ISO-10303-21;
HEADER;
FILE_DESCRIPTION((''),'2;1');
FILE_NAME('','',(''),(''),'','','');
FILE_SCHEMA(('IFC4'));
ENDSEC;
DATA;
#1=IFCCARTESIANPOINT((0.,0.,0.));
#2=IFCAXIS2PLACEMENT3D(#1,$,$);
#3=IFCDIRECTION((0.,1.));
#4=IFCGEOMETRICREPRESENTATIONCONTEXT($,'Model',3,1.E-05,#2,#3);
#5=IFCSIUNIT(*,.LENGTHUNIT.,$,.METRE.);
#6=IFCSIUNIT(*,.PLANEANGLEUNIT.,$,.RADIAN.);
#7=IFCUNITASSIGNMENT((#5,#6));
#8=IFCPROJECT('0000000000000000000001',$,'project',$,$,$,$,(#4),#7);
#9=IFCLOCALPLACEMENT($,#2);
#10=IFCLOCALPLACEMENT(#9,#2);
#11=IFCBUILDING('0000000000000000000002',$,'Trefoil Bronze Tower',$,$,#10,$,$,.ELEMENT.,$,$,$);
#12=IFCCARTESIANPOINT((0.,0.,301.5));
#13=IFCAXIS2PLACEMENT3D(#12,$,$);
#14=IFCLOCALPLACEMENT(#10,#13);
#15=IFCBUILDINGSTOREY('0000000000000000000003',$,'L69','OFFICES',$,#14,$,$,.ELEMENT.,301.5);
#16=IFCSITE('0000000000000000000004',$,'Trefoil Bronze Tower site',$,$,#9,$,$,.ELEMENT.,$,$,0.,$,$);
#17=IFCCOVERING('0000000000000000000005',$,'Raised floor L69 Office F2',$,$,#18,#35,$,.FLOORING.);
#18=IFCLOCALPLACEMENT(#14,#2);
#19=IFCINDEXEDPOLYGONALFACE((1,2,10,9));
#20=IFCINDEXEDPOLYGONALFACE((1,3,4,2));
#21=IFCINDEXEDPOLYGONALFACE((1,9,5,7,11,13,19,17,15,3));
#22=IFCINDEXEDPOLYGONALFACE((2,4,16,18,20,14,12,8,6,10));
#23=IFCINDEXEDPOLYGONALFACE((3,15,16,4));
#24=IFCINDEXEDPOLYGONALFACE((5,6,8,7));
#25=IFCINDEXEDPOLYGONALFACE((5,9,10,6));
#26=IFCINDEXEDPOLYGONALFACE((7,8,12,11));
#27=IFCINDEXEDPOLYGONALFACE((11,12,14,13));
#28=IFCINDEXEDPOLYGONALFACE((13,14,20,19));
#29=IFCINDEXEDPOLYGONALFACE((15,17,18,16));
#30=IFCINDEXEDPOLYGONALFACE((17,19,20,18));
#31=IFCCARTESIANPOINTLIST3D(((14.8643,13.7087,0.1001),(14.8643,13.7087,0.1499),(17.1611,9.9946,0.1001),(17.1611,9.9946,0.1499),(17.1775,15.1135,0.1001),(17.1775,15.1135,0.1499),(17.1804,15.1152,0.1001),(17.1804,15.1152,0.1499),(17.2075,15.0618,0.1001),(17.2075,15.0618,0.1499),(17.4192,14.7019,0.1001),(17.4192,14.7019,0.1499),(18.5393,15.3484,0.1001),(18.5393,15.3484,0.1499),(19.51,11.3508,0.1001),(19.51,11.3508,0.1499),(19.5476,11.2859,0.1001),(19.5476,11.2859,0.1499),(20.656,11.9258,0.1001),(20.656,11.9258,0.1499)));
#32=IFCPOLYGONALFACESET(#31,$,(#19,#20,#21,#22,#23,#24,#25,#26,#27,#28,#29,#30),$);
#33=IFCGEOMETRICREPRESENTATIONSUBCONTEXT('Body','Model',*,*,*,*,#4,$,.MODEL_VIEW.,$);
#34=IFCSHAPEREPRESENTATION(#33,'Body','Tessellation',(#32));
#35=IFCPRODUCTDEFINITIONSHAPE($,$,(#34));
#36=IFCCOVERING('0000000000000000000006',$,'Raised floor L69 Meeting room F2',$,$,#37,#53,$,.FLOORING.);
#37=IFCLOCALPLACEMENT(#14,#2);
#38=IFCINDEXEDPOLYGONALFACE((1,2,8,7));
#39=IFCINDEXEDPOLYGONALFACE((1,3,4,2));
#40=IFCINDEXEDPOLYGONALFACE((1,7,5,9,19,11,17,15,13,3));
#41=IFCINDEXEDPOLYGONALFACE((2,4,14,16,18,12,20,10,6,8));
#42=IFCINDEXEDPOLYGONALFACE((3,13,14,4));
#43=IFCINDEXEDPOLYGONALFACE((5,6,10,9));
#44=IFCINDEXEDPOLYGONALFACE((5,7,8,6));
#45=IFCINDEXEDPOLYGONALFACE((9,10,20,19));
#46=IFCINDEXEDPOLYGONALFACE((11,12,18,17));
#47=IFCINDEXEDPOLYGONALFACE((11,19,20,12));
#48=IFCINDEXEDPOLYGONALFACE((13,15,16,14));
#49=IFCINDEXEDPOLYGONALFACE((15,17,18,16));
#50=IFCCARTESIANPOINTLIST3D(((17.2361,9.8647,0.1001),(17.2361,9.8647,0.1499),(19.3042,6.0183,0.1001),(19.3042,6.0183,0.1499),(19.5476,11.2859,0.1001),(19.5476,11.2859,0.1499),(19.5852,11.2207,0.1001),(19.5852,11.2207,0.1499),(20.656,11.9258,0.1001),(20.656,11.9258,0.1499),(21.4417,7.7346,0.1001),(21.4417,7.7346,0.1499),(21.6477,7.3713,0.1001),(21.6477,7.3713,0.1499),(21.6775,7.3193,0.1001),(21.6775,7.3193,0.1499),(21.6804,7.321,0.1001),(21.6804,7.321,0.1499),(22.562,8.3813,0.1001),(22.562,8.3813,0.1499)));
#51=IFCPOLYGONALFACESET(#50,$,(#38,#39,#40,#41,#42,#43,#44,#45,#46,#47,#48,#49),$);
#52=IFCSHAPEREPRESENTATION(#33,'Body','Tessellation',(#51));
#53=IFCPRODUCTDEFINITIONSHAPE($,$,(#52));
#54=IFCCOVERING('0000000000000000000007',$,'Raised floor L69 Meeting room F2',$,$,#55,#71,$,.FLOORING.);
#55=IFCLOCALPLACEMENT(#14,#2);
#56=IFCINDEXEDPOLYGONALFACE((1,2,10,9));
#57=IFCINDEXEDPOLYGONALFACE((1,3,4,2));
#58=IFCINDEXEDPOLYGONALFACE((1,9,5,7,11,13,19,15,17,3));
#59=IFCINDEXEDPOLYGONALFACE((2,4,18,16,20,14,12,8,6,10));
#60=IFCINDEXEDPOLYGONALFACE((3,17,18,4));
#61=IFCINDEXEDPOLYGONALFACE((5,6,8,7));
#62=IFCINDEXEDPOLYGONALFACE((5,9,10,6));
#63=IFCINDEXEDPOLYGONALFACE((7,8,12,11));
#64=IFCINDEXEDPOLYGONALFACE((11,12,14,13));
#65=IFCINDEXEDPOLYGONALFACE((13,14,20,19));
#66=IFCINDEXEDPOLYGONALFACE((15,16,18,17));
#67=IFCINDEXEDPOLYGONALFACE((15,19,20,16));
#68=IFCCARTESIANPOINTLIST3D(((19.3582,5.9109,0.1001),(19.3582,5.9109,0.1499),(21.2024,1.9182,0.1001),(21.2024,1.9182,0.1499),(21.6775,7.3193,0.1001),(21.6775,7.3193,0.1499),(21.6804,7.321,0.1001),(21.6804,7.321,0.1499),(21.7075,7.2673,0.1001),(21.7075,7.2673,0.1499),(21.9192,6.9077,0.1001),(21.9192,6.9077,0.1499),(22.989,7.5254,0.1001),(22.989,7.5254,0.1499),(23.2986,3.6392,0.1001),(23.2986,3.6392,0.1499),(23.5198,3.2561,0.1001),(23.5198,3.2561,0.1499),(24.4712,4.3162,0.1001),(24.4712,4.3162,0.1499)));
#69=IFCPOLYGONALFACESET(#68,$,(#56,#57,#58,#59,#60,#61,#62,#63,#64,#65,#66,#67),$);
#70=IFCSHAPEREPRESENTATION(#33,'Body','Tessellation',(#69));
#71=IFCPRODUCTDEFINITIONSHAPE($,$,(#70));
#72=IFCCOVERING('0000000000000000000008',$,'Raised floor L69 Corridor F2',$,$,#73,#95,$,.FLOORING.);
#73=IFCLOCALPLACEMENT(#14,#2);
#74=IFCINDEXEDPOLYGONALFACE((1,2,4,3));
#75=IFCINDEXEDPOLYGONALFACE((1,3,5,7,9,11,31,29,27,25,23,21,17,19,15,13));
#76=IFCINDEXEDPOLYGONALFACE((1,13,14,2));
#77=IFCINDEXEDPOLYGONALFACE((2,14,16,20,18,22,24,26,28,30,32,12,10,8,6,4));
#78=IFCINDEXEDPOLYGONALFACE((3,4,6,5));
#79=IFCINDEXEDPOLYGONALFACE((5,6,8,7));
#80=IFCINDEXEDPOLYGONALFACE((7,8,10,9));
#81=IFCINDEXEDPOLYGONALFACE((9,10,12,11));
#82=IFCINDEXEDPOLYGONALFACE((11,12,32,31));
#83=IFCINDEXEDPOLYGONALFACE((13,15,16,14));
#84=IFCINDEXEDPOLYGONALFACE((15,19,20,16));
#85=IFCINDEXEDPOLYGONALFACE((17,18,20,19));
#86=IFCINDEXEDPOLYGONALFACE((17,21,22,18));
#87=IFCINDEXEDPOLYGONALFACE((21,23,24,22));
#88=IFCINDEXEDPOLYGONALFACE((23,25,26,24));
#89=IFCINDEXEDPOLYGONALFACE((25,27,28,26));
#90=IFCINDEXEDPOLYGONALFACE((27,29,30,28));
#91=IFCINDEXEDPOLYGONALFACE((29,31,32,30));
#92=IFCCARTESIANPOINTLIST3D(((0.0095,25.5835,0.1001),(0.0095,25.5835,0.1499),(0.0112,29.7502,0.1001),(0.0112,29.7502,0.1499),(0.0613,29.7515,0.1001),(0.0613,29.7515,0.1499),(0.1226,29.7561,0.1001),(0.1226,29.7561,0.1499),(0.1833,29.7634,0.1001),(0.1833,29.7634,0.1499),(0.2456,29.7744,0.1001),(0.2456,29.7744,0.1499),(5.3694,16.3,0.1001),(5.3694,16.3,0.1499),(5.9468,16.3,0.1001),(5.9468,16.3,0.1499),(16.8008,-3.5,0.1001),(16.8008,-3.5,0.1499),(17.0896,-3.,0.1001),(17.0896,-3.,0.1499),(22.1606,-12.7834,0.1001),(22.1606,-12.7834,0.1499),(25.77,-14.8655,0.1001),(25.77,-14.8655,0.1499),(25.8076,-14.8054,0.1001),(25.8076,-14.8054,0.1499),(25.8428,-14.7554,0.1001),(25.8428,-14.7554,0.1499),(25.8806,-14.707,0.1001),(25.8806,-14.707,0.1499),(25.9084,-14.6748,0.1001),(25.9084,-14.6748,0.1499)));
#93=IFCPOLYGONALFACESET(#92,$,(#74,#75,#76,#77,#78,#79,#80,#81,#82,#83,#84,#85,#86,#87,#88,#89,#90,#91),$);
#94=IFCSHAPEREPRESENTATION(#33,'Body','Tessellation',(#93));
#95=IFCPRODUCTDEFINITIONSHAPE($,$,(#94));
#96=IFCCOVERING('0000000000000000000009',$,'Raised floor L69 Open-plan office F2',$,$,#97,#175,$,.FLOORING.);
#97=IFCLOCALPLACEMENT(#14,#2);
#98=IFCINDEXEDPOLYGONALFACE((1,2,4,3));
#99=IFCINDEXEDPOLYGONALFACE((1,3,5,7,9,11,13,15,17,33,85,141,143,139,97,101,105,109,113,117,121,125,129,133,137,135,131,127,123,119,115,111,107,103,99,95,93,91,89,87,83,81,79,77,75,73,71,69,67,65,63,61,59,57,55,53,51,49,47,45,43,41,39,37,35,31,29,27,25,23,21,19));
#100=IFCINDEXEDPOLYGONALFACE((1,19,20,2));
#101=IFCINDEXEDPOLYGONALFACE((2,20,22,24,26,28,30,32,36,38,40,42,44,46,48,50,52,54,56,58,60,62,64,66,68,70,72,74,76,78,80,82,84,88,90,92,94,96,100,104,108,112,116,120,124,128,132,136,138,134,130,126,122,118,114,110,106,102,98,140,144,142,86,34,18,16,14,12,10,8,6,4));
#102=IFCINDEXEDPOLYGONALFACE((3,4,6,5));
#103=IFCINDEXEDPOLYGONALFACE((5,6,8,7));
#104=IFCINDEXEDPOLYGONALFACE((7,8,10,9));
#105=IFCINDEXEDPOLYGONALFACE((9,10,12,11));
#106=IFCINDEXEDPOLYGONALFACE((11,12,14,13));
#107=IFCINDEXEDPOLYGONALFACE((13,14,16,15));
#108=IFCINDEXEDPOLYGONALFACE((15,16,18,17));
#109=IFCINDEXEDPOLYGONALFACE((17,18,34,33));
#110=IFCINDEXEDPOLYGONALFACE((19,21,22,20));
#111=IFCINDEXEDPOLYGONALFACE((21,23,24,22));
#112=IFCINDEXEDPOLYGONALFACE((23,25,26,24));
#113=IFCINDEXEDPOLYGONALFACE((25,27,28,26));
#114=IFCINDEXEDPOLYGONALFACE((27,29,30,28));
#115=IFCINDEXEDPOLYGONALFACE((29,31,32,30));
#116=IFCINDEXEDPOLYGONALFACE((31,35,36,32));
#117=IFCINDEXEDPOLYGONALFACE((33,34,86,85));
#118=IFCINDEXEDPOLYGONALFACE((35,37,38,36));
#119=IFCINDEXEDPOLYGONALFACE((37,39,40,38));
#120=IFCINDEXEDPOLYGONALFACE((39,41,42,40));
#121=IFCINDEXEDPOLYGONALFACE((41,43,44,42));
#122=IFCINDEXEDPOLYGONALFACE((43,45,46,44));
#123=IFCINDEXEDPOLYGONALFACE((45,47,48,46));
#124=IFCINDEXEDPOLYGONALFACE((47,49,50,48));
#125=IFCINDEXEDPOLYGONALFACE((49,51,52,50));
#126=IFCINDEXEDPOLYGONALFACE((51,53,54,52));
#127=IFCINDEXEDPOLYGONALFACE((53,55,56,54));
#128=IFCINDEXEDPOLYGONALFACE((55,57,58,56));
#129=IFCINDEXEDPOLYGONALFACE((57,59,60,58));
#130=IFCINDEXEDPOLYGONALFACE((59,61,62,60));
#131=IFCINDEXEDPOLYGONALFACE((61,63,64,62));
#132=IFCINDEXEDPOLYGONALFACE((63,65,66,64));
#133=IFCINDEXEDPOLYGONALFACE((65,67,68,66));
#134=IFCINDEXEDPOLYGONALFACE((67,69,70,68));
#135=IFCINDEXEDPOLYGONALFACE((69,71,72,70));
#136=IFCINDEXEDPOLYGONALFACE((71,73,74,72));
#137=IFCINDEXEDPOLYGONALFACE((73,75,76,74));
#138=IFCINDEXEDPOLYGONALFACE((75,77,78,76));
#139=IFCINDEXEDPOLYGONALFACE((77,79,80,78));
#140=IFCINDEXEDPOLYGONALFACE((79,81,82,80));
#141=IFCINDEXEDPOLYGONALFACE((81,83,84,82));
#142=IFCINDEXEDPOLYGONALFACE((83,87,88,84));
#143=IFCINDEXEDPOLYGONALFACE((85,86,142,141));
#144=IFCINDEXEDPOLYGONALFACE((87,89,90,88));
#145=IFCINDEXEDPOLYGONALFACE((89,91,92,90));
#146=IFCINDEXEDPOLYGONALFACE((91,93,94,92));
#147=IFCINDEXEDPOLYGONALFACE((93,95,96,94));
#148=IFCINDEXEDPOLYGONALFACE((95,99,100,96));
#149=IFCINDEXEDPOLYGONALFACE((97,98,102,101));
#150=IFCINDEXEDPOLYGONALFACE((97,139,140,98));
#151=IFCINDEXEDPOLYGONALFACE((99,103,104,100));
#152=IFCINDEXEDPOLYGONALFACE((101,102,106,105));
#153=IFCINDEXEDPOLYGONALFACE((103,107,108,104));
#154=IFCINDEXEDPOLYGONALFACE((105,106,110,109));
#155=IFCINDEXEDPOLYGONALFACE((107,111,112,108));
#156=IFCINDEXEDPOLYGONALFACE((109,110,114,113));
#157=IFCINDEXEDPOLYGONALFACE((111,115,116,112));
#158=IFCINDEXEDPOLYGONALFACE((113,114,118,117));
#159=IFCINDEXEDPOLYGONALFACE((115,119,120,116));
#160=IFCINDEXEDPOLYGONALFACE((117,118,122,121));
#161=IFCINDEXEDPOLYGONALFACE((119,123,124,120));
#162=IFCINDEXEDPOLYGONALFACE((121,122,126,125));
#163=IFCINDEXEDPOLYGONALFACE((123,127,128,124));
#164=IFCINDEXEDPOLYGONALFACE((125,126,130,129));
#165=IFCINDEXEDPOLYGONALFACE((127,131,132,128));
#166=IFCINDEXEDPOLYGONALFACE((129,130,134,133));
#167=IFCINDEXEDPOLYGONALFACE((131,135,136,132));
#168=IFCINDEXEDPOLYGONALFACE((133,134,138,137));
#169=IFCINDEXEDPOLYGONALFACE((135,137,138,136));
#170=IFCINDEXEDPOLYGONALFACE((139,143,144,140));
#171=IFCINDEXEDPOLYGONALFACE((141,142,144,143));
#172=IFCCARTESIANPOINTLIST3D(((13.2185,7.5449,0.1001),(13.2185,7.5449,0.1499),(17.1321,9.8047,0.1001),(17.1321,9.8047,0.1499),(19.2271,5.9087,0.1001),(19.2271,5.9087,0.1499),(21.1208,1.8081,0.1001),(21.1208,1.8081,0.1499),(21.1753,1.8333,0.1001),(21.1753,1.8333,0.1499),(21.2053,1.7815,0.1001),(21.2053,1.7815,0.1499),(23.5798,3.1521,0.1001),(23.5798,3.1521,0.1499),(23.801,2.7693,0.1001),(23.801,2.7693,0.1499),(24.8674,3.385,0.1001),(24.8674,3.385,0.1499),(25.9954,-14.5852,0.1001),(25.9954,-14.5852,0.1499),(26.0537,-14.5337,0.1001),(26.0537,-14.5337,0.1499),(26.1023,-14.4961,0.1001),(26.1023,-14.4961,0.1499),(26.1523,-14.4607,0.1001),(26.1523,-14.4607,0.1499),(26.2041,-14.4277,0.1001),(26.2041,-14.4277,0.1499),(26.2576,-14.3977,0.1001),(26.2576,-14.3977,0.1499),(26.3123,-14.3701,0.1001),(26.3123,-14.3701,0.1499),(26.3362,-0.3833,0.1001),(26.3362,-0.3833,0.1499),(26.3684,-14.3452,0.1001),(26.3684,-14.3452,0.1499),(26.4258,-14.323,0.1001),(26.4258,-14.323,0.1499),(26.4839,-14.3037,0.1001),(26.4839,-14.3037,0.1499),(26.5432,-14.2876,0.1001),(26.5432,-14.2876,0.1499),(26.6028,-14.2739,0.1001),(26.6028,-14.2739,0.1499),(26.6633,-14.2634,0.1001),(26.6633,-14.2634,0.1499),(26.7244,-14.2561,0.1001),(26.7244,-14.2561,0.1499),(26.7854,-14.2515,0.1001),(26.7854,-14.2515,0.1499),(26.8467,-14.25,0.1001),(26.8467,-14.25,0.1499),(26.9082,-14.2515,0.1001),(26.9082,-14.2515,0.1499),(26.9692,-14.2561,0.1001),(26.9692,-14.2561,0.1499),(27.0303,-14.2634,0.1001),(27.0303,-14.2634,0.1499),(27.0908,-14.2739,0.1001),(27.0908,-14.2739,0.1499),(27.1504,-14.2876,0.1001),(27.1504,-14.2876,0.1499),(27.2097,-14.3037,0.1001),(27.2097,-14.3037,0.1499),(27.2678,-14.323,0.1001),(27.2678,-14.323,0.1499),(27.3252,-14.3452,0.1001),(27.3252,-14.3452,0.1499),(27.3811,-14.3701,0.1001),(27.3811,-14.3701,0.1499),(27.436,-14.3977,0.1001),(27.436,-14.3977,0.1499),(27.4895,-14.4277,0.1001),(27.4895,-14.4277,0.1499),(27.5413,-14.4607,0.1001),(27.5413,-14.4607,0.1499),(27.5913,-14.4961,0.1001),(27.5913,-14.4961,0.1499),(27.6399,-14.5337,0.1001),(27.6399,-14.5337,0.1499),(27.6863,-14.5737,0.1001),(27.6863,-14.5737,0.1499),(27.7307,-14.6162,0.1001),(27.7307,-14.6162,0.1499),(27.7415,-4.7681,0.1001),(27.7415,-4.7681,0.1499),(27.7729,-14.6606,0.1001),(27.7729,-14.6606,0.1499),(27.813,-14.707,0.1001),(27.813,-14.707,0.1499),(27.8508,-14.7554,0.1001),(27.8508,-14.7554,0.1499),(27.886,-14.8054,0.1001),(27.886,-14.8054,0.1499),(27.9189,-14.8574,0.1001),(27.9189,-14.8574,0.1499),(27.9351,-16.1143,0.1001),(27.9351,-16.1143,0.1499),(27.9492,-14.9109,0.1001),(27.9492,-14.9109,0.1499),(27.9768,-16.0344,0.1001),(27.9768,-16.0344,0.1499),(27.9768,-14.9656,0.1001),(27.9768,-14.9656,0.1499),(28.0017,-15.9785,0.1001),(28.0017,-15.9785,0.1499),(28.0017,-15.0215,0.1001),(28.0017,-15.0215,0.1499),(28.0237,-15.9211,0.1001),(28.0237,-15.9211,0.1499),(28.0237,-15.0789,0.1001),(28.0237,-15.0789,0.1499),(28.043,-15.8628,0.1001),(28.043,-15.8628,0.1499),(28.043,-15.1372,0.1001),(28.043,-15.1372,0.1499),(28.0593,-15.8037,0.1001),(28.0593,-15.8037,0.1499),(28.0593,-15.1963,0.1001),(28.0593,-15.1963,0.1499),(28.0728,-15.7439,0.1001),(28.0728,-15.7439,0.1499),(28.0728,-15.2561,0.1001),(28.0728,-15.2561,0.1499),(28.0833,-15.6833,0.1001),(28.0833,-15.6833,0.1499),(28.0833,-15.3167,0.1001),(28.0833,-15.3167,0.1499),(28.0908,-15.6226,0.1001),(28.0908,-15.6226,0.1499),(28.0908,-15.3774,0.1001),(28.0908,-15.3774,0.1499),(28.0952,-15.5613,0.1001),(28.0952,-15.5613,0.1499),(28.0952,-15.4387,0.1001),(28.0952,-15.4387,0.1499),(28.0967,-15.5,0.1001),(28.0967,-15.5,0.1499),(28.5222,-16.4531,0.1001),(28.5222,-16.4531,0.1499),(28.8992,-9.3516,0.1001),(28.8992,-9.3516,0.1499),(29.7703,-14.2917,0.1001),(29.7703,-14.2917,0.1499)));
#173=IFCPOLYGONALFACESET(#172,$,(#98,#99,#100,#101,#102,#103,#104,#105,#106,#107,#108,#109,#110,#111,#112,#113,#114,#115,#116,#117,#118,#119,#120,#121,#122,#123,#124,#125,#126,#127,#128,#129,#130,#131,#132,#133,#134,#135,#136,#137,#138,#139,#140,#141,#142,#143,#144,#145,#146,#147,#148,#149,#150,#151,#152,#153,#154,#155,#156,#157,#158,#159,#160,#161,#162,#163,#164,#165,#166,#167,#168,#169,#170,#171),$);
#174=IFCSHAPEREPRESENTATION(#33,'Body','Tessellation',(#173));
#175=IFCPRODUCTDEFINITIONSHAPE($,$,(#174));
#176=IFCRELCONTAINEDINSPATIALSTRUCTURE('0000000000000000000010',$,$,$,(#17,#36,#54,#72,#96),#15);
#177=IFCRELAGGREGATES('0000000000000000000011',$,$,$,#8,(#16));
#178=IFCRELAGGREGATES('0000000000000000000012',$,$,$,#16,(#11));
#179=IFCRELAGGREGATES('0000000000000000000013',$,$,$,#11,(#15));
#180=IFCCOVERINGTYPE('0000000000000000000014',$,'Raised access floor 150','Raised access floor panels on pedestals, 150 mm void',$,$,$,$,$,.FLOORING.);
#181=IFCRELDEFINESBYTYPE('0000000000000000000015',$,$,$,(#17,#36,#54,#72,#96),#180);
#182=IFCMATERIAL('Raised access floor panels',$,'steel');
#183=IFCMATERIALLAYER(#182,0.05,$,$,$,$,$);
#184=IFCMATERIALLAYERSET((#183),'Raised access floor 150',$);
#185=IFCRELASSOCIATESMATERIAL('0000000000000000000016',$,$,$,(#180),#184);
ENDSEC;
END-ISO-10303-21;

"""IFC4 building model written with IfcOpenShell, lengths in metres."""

from ifc_helpers import new_model, si_unit, direction, frame, origin, place, context, subcontext, project, spatial, polyline, outline, extrude, material, layer, layer_set, type_object, element, save


model = new_model("IFC4")

# Units and contexts
model_context = context("Model", 3, precision=1e-05, world=origin(), true_north=direction((0.0, 1.0)))
body_context = subcontext(model_context, "Body", "Model", "MODEL_VIEW")
ifc_project = project(units=[si_unit("LENGTHUNIT", "METRE"), si_unit("PLANEANGLEUNIT", "RADIAN")], contexts=[model_context])

# Site, building, storey
site_placement = place(None, origin())
site = spatial("IfcSite", under=ifc_project, at=site_placement, Name="Trefoil Bronze Tower site", CompositionType="ELEMENT", RefElevation=0.0)
building_placement = place(site_placement, origin())
building = spatial("IfcBuilding", under=site, at=building_placement, Name="Trefoil Bronze Tower", CompositionType="ELEMENT")
storey_placement = place(building_placement, frame((0.0, 0.0, 301.5)))
storey = spatial("IfcBuildingStorey", under=building, at=storey_placement, Name="L69", Description="OFFICES", CompositionType="ELEMENT", Elevation=301.5)

# Coverings
ifc_material_1 = material(Name="Raised access floor panels", Category="steel")
ifc_layer_1 = layer(ifc_material_1, 0.05)
ifc_layer_set_1 = layer_set([ifc_layer_1], Name="Raised access floor 150")
covering_type_1 = type_object("IfcCoveringType", Name="Raised access floor 150", Description="Raised access floor panels on pedestals, 150 mm void", PredefinedType="FLOORING", material=ifc_layer_set_1)
covering_1_placement = place(storey_placement, frame((0.0, 0.0, 0.1001)))
element("IfcCovering", 1, at=covering_1_placement, inside=storey, type_object=covering_type_1, Name="Raised floor L69 Office F2", PredefinedType="FLOORING", context=body_context, shape_type="SweptSolid", body=[
    extrude(outline(polyline([(19.5476, 11.2859), (19.51, 11.3508), (17.1611, 9.9946), (14.8643, 13.7087), (17.2075, 15.0618), (17.1775, 15.1135), (17.1804, 15.1152), (17.4192, 14.7019), (18.5393, 15.3484), (20.656, 11.9258), (19.5476, 11.2859)])), origin(), (0.0, 0.0, 1.0), 0.0498),
])
covering_2_placement = place(storey_placement, frame((0.0, 0.0, 0.1001)))
element("IfcCovering", 2, at=covering_2_placement, inside=storey, type_object=covering_type_1, Name="Raised floor L69 Meeting room F2", PredefinedType="FLOORING", context=body_context, shape_type="SweptSolid", body=[
    extrude(outline(polyline([(20.656, 11.9258), (22.562, 8.3813), (21.4417, 7.7346), (21.6804, 7.321), (21.6775, 7.3193), (21.6477, 7.3713), (19.3042, 6.0183), (17.2361, 9.8647), (19.5852, 11.2207), (19.5476, 11.2859), (20.656, 11.9258)])), origin(), (0.0, 0.0, 1.0), 0.0498),
])
covering_3_placement = place(storey_placement, frame((0.0, 0.0, 0.1001)))
element("IfcCovering", 3, at=covering_3_placement, inside=storey, type_object=covering_type_1, Name="Raised floor L69 Meeting room F2", PredefinedType="FLOORING", context=body_context, shape_type="SweptSolid", body=[
    extrude(outline(polyline([(23.5198, 3.2561), (21.2024, 1.9182), (19.3582, 5.9109), (21.7075, 7.2673), (21.6775, 7.3193), (21.6804, 7.321), (21.9192, 6.9077), (22.989, 7.5254), (24.4712, 4.3162), (23.2986, 3.6392), (23.5198, 3.2561)])), origin(), (0.0, 0.0, 1.0), 0.0498),
])
covering_4_placement = place(storey_placement, frame((0.0, 0.0, 0.1001)))
element("IfcCovering", 4, at=covering_4_placement, inside=storey, type_object=covering_type_1, Name="Raised floor L69 Corridor F2", PredefinedType="FLOORING", context=body_context, shape_type="SweptSolid", body=[
    extrude(outline(polyline([(25.77, -14.8655), (22.1606, -12.7834), (16.8008, -3.5), (17.0896, -3.0), (5.9468, 16.3), (5.3694, 16.3), (0.0095, 25.5835), (0.0112, 29.7502), (0.0613, 29.7515), (0.1226, 29.7561), (0.1833, 29.7634), (0.2456, 29.7744), (25.9084, -14.6748), (25.8806, -14.707), (25.8428, -14.7554), (25.8076, -14.8054), (25.77, -14.8655)])), origin(), (0.0, 0.0, 1.0), 0.0498),
])
covering_5_placement = place(storey_placement, frame((0.0, 0.0, 0.1001)))
element("IfcCovering", 5, at=covering_5_placement, inside=storey, type_object=covering_type_1, Name="Raised floor L69 Open-plan office F2", PredefinedType="FLOORING", context=body_context, shape_type="SweptSolid", body=[
    extrude(outline(polyline([(25.9954, -14.5852), (13.2185, 7.5449), (17.1321, 9.8047), (19.2271, 5.9087), (21.1208, 1.8081), (21.1753, 1.8333), (21.2053, 1.7815), (23.5798, 3.1521), (23.801, 2.7693), (24.8674, 3.385), (26.3362, -0.3833), (27.7415, -4.7681), (28.8992, -9.3516), (29.7703, -14.2917), (28.5222, -16.4531), (27.9351, -16.1143), (27.9768, -16.0344), (28.0017, -15.9785), (28.0237, -15.9211), (28.043, -15.8628), (28.0593, -15.8037), (28.0728, -15.7439), (28.0833, -15.6833), (28.0908, -15.6226), (28.0952, -15.5613), (28.0967, -15.5), (28.0952, -15.4387), (28.0908, -15.3774), (28.0833, -15.3167), (28.0728, -15.2561), (28.0593, -15.1963), (28.043, -15.1372), (28.0237, -15.0789), (28.0017, -15.0215), (27.9768, -14.9656), (27.9492, -14.9109), (27.9189, -14.8574), (27.886, -14.8054), (27.8508, -14.7554), (27.813, -14.707), (27.7729, -14.6606), (27.7307, -14.6162), (27.6863, -14.5737), (27.6399, -14.5337), (27.5913, -14.4961), (27.5413, -14.4607), (27.4895, -14.4277), (27.436, -14.3977), (27.3811, -14.3701), (27.3252, -14.3452), (27.2678, -14.323), (27.2097, -14.3037), (27.1504, -14.2876), (27.0908, -14.2739), (27.0303, -14.2634), (26.9692, -14.2561), (26.9082, -14.2515), (26.8467, -14.25), (26.7854, -14.2515), (26.7244, -14.2561), (26.6633, -14.2634), (26.6028, -14.2739), (26.5432, -14.2876), (26.4839, -14.3037), (26.4258, -14.323), (26.3684, -14.3452), (26.3123, -14.3701), (26.2576, -14.3977), (26.2041, -14.4277), (26.1523, -14.4607), (26.1023, -14.4961), (26.0537, -14.5337), (25.9954, -14.5852)])), origin(), (0.0, 0.0, 1.0), 0.0498),
])

save(model, "model.ifc")
